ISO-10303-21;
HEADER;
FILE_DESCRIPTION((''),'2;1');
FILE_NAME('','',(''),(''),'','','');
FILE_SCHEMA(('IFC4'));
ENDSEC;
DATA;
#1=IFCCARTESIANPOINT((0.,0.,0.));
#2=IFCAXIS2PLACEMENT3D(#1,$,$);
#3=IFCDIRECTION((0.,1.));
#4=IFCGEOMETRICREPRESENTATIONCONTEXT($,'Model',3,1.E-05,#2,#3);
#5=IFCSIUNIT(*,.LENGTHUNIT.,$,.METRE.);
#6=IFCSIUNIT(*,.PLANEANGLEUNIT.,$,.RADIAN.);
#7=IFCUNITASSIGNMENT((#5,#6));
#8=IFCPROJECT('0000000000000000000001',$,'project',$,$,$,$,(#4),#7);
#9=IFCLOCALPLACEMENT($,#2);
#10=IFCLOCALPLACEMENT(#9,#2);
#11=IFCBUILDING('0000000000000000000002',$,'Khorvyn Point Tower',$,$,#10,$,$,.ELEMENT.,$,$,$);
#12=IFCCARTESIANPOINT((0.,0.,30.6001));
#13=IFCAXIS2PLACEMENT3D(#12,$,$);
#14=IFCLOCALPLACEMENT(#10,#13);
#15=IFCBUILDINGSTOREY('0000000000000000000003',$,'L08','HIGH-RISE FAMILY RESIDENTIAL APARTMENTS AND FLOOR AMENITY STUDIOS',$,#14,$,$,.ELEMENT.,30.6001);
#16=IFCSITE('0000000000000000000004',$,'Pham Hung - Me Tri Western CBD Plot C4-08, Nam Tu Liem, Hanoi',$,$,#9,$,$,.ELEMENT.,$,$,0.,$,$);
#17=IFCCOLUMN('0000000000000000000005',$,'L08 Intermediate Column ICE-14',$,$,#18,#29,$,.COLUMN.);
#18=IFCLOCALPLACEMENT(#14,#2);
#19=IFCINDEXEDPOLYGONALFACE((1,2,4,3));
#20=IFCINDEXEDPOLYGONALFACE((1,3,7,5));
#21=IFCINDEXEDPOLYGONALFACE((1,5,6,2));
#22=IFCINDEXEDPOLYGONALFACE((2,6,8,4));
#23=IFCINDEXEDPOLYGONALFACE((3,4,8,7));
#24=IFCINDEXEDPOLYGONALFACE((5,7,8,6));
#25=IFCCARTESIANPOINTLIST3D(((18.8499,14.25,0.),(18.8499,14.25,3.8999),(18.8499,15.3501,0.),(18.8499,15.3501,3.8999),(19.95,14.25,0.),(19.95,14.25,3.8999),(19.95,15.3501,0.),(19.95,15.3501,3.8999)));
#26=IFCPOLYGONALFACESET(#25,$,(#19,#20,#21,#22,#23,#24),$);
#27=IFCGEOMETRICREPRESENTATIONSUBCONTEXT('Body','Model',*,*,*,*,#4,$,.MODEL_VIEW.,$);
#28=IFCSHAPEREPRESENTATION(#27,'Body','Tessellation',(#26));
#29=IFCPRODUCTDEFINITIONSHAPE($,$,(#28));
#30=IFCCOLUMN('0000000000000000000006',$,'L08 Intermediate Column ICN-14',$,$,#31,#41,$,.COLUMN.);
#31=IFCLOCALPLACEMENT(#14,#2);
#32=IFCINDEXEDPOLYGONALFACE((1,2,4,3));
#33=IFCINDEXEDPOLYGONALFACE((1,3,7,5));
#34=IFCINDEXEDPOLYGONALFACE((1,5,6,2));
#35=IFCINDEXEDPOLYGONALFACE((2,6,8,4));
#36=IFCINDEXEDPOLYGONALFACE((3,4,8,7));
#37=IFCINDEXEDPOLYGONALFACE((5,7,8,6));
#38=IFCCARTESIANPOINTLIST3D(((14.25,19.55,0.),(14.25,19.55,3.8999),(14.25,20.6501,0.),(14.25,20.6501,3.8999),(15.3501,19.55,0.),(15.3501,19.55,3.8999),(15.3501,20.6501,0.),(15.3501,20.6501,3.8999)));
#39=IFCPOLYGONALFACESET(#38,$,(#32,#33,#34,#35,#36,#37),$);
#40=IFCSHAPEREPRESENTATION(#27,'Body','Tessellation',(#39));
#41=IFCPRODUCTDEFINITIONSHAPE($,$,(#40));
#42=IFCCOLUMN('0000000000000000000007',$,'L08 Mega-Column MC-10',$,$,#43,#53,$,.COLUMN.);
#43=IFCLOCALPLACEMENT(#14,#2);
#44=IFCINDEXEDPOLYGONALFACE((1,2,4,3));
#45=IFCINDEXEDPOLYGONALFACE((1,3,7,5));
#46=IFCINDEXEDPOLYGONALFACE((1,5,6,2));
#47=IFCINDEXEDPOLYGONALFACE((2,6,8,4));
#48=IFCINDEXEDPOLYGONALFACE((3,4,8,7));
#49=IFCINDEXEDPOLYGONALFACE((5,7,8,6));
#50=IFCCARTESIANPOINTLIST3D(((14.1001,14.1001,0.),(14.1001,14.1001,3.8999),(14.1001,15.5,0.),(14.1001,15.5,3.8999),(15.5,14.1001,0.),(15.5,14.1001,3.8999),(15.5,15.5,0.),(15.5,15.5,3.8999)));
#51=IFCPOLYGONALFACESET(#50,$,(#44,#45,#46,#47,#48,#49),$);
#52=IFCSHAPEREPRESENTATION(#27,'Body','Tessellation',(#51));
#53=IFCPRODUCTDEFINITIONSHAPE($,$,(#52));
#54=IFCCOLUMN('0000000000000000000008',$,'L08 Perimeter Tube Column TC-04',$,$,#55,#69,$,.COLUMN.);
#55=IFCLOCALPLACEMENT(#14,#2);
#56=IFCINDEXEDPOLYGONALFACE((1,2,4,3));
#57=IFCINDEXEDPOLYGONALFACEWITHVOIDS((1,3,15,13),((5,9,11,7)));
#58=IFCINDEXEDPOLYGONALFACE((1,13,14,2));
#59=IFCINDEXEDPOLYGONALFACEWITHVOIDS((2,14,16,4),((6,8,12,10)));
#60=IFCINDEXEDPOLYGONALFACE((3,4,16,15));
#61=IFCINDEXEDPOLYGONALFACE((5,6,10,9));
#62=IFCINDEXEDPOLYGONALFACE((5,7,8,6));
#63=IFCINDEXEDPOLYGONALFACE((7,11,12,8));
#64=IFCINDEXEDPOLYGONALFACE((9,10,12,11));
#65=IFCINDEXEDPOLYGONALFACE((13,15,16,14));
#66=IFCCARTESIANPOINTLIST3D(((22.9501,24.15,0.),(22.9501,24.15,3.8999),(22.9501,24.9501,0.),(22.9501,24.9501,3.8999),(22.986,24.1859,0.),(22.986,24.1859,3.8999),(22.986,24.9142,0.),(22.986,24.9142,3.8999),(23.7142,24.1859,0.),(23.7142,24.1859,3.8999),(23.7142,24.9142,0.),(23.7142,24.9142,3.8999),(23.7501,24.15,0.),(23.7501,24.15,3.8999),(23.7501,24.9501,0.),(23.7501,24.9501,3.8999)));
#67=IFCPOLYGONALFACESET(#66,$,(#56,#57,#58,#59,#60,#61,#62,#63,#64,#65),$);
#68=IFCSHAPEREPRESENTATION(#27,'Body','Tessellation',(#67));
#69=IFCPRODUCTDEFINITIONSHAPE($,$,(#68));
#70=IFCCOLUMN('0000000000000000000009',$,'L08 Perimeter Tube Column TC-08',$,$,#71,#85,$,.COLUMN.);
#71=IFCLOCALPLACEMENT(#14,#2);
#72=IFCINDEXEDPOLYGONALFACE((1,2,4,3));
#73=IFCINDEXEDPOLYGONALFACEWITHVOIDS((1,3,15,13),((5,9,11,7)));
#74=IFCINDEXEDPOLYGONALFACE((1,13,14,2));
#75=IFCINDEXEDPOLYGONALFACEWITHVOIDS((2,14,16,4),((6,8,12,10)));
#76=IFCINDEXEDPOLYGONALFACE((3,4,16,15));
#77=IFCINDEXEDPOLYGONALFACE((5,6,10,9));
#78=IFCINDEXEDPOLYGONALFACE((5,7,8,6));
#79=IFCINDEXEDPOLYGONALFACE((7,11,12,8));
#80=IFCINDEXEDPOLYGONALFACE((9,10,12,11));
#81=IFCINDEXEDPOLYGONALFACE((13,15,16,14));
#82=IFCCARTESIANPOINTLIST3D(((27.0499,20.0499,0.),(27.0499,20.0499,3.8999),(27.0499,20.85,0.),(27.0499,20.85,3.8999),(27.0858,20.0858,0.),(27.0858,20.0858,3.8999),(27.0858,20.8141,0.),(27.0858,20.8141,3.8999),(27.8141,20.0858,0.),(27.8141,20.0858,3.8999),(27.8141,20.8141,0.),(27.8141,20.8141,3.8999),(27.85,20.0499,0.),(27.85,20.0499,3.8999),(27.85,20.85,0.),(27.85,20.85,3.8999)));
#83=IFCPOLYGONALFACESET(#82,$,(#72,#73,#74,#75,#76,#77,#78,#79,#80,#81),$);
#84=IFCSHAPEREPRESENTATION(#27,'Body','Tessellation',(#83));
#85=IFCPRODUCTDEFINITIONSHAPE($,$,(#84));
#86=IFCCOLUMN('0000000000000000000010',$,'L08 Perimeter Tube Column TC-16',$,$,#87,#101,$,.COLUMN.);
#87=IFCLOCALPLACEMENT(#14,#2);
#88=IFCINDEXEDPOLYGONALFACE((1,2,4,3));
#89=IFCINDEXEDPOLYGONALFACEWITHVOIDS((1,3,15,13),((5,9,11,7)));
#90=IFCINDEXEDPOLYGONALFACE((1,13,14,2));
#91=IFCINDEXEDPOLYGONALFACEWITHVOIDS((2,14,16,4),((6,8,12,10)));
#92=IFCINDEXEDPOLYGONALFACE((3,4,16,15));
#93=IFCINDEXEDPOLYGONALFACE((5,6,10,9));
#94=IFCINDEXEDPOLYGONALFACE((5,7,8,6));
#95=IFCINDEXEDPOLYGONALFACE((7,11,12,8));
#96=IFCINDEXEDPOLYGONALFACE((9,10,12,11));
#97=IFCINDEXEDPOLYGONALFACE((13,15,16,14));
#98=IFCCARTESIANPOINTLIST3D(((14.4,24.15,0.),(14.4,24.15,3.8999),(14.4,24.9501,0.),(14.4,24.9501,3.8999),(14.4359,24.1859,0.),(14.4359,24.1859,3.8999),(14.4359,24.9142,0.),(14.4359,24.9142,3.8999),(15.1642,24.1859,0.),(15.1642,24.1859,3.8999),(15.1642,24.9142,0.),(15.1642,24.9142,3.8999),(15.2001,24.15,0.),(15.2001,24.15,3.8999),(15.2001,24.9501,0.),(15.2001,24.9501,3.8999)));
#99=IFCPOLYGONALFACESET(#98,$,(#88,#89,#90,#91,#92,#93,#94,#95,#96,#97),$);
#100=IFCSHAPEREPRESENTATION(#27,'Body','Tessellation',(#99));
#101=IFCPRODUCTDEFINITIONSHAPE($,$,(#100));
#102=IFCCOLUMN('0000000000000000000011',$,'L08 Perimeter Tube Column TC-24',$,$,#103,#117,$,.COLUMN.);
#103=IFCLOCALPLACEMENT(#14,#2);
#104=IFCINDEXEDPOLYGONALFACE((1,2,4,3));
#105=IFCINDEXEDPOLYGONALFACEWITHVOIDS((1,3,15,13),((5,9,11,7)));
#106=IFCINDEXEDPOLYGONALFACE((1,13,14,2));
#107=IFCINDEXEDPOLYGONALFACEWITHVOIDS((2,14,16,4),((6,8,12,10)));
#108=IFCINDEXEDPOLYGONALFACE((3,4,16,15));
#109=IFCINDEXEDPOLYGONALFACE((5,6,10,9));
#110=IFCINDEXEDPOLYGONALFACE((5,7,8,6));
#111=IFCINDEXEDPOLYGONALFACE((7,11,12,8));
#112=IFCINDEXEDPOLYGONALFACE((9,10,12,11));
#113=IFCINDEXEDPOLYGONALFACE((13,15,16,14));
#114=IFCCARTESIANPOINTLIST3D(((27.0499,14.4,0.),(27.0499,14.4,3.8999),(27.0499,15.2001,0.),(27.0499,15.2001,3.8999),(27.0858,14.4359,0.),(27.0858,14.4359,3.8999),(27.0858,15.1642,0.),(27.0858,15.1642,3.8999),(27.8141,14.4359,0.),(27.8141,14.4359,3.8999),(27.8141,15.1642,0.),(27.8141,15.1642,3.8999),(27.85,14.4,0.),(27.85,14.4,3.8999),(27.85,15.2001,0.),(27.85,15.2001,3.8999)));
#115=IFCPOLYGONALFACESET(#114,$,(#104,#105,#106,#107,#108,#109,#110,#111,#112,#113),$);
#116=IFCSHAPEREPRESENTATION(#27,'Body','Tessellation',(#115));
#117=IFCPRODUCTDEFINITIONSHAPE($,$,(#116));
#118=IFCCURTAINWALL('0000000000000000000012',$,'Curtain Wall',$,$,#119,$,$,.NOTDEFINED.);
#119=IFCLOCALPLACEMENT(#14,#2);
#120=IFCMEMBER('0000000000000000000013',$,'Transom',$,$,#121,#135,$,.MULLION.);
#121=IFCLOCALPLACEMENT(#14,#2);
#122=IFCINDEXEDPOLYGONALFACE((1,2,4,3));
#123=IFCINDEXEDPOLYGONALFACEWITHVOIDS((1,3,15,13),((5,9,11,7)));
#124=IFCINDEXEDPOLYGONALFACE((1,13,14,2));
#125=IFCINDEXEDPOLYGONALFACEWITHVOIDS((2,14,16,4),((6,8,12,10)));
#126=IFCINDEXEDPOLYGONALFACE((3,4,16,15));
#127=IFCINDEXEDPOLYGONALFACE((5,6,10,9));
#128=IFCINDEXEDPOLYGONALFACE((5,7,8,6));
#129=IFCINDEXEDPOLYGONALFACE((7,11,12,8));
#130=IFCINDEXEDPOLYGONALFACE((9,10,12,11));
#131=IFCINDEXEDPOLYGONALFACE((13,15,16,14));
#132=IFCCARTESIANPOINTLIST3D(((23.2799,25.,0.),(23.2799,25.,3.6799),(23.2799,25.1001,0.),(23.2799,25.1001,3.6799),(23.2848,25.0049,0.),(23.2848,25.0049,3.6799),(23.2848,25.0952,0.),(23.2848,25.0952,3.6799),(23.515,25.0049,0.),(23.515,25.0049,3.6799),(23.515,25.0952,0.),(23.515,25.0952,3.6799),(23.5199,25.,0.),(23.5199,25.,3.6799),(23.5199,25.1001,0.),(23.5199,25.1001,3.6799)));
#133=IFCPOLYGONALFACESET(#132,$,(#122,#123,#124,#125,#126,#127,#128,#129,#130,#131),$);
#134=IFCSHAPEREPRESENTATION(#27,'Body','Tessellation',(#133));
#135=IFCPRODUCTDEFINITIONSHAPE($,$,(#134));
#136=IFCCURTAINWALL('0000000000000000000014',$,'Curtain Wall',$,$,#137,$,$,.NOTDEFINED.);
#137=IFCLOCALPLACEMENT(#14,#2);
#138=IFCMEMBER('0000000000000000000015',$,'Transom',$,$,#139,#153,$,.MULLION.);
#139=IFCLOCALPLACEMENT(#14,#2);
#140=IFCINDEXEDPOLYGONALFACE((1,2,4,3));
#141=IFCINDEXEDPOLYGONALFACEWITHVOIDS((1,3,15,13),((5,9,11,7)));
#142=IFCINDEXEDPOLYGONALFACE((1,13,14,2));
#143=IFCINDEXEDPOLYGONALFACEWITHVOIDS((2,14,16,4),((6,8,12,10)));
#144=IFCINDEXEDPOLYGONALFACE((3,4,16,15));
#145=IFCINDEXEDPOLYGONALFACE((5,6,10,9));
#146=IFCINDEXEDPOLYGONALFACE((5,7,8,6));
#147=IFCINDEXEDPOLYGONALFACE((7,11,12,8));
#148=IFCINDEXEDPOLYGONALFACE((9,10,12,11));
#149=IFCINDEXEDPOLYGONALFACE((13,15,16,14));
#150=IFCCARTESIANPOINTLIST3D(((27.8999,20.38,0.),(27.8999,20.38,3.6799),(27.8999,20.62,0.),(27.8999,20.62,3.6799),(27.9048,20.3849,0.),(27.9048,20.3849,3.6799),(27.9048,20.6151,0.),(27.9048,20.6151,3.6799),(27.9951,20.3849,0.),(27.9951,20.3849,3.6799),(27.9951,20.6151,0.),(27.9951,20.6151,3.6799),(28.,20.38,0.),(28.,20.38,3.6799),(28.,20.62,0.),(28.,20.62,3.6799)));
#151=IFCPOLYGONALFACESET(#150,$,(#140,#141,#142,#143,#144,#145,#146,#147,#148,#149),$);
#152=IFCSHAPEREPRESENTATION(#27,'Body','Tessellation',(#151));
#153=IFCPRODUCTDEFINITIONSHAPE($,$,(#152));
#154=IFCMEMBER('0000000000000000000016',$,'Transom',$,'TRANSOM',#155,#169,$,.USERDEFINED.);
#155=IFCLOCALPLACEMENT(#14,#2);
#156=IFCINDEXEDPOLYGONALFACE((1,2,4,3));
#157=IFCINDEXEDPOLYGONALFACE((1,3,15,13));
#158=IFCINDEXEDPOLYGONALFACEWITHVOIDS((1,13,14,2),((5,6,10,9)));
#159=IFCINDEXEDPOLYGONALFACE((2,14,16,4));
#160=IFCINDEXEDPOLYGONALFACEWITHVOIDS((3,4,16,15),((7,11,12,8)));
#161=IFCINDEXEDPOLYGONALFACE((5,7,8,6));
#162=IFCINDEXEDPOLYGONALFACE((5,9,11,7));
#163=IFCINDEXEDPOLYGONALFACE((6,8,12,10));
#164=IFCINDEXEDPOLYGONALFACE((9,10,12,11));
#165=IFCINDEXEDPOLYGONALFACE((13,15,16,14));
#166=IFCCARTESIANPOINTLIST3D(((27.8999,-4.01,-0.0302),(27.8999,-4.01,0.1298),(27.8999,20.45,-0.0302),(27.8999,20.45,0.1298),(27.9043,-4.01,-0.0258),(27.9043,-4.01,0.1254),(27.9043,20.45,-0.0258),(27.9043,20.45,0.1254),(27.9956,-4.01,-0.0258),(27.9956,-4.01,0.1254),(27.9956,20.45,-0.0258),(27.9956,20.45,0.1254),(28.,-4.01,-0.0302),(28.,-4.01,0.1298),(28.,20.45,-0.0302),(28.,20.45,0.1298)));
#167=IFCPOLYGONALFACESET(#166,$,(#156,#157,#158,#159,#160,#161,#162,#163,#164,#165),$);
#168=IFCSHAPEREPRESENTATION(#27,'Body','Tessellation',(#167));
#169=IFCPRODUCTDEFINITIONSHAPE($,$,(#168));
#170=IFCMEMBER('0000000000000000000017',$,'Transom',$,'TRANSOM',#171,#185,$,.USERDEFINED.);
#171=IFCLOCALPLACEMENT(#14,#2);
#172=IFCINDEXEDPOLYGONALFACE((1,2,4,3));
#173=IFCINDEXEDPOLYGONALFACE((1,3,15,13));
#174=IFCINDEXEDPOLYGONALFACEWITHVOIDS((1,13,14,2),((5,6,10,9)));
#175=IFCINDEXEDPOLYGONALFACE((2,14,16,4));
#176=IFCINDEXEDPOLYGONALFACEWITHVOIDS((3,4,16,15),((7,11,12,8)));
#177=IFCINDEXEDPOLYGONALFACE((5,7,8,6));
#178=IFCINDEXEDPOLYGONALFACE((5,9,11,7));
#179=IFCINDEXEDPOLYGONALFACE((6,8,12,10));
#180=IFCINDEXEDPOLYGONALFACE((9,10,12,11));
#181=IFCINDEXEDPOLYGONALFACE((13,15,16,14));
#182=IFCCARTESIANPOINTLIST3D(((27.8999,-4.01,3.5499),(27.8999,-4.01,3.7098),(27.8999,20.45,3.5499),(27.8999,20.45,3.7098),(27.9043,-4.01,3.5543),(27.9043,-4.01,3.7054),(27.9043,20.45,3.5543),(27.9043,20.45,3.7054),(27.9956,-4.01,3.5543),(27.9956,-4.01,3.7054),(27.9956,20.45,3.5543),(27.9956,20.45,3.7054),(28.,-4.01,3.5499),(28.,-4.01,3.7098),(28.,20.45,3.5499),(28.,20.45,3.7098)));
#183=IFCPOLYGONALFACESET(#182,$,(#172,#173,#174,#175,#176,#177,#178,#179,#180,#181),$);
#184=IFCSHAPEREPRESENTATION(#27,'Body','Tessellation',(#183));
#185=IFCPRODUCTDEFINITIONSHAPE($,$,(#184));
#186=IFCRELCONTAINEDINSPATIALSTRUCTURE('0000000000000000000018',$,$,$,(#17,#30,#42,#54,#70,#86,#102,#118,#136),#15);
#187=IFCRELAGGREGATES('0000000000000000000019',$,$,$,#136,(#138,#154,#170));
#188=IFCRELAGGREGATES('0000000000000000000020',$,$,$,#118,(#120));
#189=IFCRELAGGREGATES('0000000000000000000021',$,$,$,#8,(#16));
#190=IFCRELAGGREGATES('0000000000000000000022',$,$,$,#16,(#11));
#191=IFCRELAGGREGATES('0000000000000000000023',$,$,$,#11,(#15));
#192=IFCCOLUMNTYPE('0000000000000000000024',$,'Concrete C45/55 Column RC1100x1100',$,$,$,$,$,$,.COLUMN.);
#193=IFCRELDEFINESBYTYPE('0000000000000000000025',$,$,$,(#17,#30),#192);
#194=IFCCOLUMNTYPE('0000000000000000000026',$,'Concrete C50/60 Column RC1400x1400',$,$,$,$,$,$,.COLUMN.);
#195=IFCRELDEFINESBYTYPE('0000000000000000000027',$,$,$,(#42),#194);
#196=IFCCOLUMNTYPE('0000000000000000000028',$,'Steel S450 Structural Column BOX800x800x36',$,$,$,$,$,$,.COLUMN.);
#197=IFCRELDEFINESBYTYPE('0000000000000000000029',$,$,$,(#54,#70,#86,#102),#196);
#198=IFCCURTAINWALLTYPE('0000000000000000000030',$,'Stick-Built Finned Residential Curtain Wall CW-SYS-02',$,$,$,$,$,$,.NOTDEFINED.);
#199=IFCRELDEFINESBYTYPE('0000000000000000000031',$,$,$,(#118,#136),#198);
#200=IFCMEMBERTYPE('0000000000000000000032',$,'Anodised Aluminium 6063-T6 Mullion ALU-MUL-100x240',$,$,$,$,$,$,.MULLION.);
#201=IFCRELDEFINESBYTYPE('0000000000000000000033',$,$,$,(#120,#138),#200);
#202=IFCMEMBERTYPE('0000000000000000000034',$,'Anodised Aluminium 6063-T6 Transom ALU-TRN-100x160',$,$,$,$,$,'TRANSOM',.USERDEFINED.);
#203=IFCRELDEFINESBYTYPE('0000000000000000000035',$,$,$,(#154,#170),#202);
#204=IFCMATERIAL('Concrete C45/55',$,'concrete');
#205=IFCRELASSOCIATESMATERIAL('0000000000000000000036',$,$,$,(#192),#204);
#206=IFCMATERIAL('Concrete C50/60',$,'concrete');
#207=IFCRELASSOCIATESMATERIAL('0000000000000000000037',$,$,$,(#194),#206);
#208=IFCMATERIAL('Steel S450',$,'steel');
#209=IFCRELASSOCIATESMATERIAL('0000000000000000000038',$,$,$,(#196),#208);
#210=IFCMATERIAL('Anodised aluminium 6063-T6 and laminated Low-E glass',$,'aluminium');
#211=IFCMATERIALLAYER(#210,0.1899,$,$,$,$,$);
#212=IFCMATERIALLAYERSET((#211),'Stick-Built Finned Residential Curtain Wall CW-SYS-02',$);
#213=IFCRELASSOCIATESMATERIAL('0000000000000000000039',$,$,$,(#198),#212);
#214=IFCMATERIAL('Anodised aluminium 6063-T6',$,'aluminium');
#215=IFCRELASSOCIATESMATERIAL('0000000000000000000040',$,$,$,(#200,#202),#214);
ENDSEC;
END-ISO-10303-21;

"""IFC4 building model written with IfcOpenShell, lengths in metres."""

from ifc_helpers import new_model, si_unit, direction, frame, origin, origin_2d, place, context, subcontext, project, spatial, rectangle, hollow_rectangle, extrude, material, layer, layer_set, material_profile, profile_set, type_object, element, aggregate, save


model = new_model("IFC4")

# Units and contexts
model_context = context("Model", 3, precision=1e-05, world=origin(), true_north=direction((0.0, 1.0)))
body_context = subcontext(model_context, "Body", "Model", "MODEL_VIEW")
ifc_project = project(units=[si_unit("LENGTHUNIT", "METRE"), si_unit("PLANEANGLEUNIT", "RADIAN")], contexts=[model_context])

# Site, building, storey
site_placement = place(None, origin())
site = spatial("IfcSite", under=ifc_project, at=site_placement, Name="Pham Hung - Me Tri Western CBD Plot C4-08, Nam Tu Liem, Hanoi", CompositionType="ELEMENT", RefElevation=0.0)
building_placement = place(site_placement, origin())
building = spatial("IfcBuilding", under=site, at=building_placement, Name="Khorvyn Point Tower", CompositionType="ELEMENT")
storey_placement = place(building_placement, frame((0.0, 0.0, 30.6001)))
storey = spatial("IfcBuildingStorey", under=building, at=storey_placement, Name="L08", Description="HIGH-RISE FAMILY RESIDENTIAL APARTMENTS AND FLOOR AMENITY STUDIOS", CompositionType="ELEMENT", Elevation=30.6001)

# Columns
ifc_material_1 = material(Name="Concrete C45/55", Category="concrete")
ifc_material_profile_1 = material_profile(ifc_material_1, rectangle(XDim=1.1001, YDim=1.1001, at=origin_2d()))
ifc_profile_set_1 = profile_set([ifc_material_profile_1], Name="Concrete C45/55 RC1100x1100")
column_type_1 = type_object("IfcColumnType", Name="Concrete C45/55 Column RC1100x1100", PredefinedType="COLUMN", material=ifc_profile_set_1)
for number, where, z_axis, x_axis, name in (
    (1, (19.3999, 14.8, 0.0), (0.0, 0.0, 1.0), (1.0, 0.0, 0.0), "L08 Intermediate Column ICE-14"),
    (2, (14.8, 20.1001, 0.0), (0.0, 0.0, 1.0), (1.0, 0.0, 0.0), "L08 Intermediate Column ICN-14"),
):
    element("IfcColumn", number, at=place(storey_placement, frame(where, z_axis=z_axis, x_axis=x_axis)), inside=storey, type_object=column_type_1, Name=name, PredefinedType="COLUMN", context=body_context, shape_type="SweptSolid", body=[
        extrude(rectangle(XDim=1.1001, YDim=1.1001, at=origin_2d()), origin(), (0.0, 0.0, 1.0), 3.8999),
    ])
ifc_material_2 = material(Name="Concrete C50/60", Category="concrete")
ifc_material_profile_2 = material_profile(ifc_material_2, rectangle(XDim=1.3999, YDim=1.3999, at=origin_2d()))
ifc_profile_set_2 = profile_set([ifc_material_profile_2], Name="Concrete C50/60 RC1400x1400")
column_type_2 = type_object("IfcColumnType", Name="Concrete C50/60 Column RC1400x1400", PredefinedType="COLUMN", material=ifc_profile_set_2)
column_placement = place(storey_placement, frame((14.8, 14.8, 0.0), z_axis=(0.0, 0.0, 1.0), x_axis=(1.0, 0.0, 0.0)))
element("IfcColumn", 3, at=column_placement, inside=storey, type_object=column_type_2, Name="L08 Mega-Column MC-10", PredefinedType="COLUMN", context=body_context, shape_type="SweptSolid", body=[
    extrude(rectangle(XDim=1.3999, YDim=1.3999, at=origin_2d()), origin(), (0.0, 0.0, 1.0), 3.8999),
])
ifc_material_3 = material(Name="Steel S450", Category="steel")
ifc_material_profile_3 = material_profile(ifc_material_3, hollow_rectangle(XDim=0.8, YDim=0.8, WallThickness=0.0359, at=origin_2d()))
ifc_profile_set_3 = profile_set([ifc_material_profile_3], Name="Steel S450 BOX800x800x36")
column_type_3 = type_object("IfcColumnType", Name="Steel S450 Structural Column BOX800x800x36", PredefinedType="COLUMN", material=ifc_profile_set_3)
for number, where, z_axis, x_axis, name in (
    (4, (23.3501, 24.55, 0.0), (0.0, 0.0, 1.0), (1.0, 0.0, 0.0), "L08 Perimeter Tube Column TC-04"),
    (5, (27.45, 20.45, 0.0), (0.0, 0.0, 1.0), (1.0, 0.0, 0.0), "L08 Perimeter Tube Column TC-08"),
    (6, (14.8, 24.55, 0.0), (0.0, 0.0, 1.0), (1.0, 0.0, 0.0), "L08 Perimeter Tube Column TC-16"),
    (7, (27.45, 14.8, 0.0), (0.0, 0.0, 1.0), (1.0, 0.0, 0.0), "L08 Perimeter Tube Column TC-24"),
):
    element("IfcColumn", number, at=place(storey_placement, frame(where, z_axis=z_axis, x_axis=x_axis)), inside=storey, type_object=column_type_3, Name=name, PredefinedType="COLUMN", context=body_context, shape_type="SweptSolid", body=[
        extrude(hollow_rectangle(XDim=0.8, YDim=0.8, WallThickness=0.0359, at=origin_2d()), origin(), (0.0, 0.0, 1.0), 3.8999),
    ])

# Curtain wall, member
ifc_material_4 = material(Name="Anodised aluminium 6063-T6 and laminated Low-E glass", Category="aluminium")
ifc_layer_1 = layer(ifc_material_4, 0.1899)
ifc_layer_set_1 = layer_set([ifc_layer_1], Name="Stick-Built Finned Residential Curtain Wall CW-SYS-02")
curtain_wall_type = type_object("IfcCurtainWallType", Name="Stick-Built Finned Residential Curtain Wall CW-SYS-02", PredefinedType="NOTDEFINED", material=ifc_layer_set_1)
curtain_wall_1_placement = place(storey_placement, origin())
curtain_wall_1 = element("IfcCurtainWall", 8, at=curtain_wall_1_placement, inside=storey, type_object=curtain_wall_type, Name="Curtain Wall", PredefinedType="NOTDEFINED")
ifc_material_5 = material(Name="Anodised aluminium 6063-T6", Category="aluminium")
ifc_material_profile_4 = material_profile(ifc_material_5, hollow_rectangle(XDim=0.1001, YDim=0.24, WallThickness=0.0049, at=origin_2d()))
ifc_profile_set_4 = profile_set([ifc_material_profile_4], Name="Anodised aluminium 6063-T6 ALU-MUL-100x240")
member_type_1 = type_object("IfcMemberType", Name="Anodised Aluminium 6063-T6 Mullion ALU-MUL-100x240", PredefinedType="MULLION", material=ifc_profile_set_4)
member_1_placement = place(storey_placement, frame((23.3999, 25.05, 0.0), z_axis=(0.0, 0.0, 1.0), x_axis=(0.0, 1.0, 0.0)))
member_1 = element("IfcMember", 9, at=member_1_placement, type_object=member_type_1, Name="Transom", PredefinedType="MULLION", context=body_context, shape_type="SweptSolid", body=[
    extrude(hollow_rectangle(XDim=0.1001, YDim=0.24, WallThickness=0.0049, at=origin_2d()), origin(), (0.0, 0.0, 1.0), 3.6799),
])

# Curtain wall, members
curtain_wall_2_placement = place(storey_placement, origin())
curtain_wall_2 = element("IfcCurtainWall", 10, at=curtain_wall_2_placement, inside=storey, type_object=curtain_wall_type, Name="Curtain Wall", PredefinedType="NOTDEFINED")
member_2_placement = place(storey_placement, frame((27.95, 20.5, 0.0), z_axis=(0.0, 0.0, 1.0), x_axis=(1.0, 0.0, 0.0)))
member_2 = element("IfcMember", 11, at=member_2_placement, type_object=member_type_1, Name="Transom", PredefinedType="MULLION", context=body_context, shape_type="SweptSolid", body=[
    extrude(hollow_rectangle(XDim=0.1001, YDim=0.24, WallThickness=0.0049, at=origin_2d()), origin(), (0.0, 0.0, 1.0), 3.6799),
])
ifc_material_profile_5 = material_profile(ifc_material_5, hollow_rectangle(XDim=0.1001, YDim=0.1599, WallThickness=0.0044, at=origin_2d()))
ifc_profile_set_5 = profile_set([ifc_material_profile_5], Name="Anodised aluminium 6063-T6 ALU-TRN-100x160")
member_type_2 = type_object("IfcMemberType", Name="Anodised Aluminium 6063-T6 Transom ALU-TRN-100x160", ElementType="TRANSOM", PredefinedType="USERDEFINED", material=ifc_profile_set_5)
member_3_placement = place(storey_placement, frame((27.95, 20.45, 0.0498), z_axis=(0.0, -1.0, 0.0), x_axis=(1.0, 0.0, 0.0)))
member_3 = element("IfcMember", 12, at=member_3_placement, type_object=member_type_2, Name="Transom", ObjectType="TRANSOM", PredefinedType="USERDEFINED", context=body_context, shape_type="SweptSolid", body=[
    extrude(hollow_rectangle(XDim=0.1001, YDim=0.1599, WallThickness=0.0044, at=origin_2d()), origin(), (0.0, 0.0, 1.0), 24.46),
])
member_4_placement = place(storey_placement, frame((27.95, 20.45, 3.6299), z_axis=(0.0, -1.0, 0.0), x_axis=(1.0, 0.0, 0.0)))
member_4 = element("IfcMember", 13, at=member_4_placement, type_object=member_type_2, Name="Transom", ObjectType="TRANSOM", PredefinedType="USERDEFINED", context=body_context, shape_type="SweptSolid", body=[
    extrude(hollow_rectangle(XDim=0.1001, YDim=0.1599, WallThickness=0.0044, at=origin_2d()), origin(), (0.0, 0.0, 1.0), 24.46),
])
aggregate(curtain_wall_2, [member_2, member_3, member_4])

aggregate(curtain_wall_1, [member_1])

save(model, "model.ifc")
